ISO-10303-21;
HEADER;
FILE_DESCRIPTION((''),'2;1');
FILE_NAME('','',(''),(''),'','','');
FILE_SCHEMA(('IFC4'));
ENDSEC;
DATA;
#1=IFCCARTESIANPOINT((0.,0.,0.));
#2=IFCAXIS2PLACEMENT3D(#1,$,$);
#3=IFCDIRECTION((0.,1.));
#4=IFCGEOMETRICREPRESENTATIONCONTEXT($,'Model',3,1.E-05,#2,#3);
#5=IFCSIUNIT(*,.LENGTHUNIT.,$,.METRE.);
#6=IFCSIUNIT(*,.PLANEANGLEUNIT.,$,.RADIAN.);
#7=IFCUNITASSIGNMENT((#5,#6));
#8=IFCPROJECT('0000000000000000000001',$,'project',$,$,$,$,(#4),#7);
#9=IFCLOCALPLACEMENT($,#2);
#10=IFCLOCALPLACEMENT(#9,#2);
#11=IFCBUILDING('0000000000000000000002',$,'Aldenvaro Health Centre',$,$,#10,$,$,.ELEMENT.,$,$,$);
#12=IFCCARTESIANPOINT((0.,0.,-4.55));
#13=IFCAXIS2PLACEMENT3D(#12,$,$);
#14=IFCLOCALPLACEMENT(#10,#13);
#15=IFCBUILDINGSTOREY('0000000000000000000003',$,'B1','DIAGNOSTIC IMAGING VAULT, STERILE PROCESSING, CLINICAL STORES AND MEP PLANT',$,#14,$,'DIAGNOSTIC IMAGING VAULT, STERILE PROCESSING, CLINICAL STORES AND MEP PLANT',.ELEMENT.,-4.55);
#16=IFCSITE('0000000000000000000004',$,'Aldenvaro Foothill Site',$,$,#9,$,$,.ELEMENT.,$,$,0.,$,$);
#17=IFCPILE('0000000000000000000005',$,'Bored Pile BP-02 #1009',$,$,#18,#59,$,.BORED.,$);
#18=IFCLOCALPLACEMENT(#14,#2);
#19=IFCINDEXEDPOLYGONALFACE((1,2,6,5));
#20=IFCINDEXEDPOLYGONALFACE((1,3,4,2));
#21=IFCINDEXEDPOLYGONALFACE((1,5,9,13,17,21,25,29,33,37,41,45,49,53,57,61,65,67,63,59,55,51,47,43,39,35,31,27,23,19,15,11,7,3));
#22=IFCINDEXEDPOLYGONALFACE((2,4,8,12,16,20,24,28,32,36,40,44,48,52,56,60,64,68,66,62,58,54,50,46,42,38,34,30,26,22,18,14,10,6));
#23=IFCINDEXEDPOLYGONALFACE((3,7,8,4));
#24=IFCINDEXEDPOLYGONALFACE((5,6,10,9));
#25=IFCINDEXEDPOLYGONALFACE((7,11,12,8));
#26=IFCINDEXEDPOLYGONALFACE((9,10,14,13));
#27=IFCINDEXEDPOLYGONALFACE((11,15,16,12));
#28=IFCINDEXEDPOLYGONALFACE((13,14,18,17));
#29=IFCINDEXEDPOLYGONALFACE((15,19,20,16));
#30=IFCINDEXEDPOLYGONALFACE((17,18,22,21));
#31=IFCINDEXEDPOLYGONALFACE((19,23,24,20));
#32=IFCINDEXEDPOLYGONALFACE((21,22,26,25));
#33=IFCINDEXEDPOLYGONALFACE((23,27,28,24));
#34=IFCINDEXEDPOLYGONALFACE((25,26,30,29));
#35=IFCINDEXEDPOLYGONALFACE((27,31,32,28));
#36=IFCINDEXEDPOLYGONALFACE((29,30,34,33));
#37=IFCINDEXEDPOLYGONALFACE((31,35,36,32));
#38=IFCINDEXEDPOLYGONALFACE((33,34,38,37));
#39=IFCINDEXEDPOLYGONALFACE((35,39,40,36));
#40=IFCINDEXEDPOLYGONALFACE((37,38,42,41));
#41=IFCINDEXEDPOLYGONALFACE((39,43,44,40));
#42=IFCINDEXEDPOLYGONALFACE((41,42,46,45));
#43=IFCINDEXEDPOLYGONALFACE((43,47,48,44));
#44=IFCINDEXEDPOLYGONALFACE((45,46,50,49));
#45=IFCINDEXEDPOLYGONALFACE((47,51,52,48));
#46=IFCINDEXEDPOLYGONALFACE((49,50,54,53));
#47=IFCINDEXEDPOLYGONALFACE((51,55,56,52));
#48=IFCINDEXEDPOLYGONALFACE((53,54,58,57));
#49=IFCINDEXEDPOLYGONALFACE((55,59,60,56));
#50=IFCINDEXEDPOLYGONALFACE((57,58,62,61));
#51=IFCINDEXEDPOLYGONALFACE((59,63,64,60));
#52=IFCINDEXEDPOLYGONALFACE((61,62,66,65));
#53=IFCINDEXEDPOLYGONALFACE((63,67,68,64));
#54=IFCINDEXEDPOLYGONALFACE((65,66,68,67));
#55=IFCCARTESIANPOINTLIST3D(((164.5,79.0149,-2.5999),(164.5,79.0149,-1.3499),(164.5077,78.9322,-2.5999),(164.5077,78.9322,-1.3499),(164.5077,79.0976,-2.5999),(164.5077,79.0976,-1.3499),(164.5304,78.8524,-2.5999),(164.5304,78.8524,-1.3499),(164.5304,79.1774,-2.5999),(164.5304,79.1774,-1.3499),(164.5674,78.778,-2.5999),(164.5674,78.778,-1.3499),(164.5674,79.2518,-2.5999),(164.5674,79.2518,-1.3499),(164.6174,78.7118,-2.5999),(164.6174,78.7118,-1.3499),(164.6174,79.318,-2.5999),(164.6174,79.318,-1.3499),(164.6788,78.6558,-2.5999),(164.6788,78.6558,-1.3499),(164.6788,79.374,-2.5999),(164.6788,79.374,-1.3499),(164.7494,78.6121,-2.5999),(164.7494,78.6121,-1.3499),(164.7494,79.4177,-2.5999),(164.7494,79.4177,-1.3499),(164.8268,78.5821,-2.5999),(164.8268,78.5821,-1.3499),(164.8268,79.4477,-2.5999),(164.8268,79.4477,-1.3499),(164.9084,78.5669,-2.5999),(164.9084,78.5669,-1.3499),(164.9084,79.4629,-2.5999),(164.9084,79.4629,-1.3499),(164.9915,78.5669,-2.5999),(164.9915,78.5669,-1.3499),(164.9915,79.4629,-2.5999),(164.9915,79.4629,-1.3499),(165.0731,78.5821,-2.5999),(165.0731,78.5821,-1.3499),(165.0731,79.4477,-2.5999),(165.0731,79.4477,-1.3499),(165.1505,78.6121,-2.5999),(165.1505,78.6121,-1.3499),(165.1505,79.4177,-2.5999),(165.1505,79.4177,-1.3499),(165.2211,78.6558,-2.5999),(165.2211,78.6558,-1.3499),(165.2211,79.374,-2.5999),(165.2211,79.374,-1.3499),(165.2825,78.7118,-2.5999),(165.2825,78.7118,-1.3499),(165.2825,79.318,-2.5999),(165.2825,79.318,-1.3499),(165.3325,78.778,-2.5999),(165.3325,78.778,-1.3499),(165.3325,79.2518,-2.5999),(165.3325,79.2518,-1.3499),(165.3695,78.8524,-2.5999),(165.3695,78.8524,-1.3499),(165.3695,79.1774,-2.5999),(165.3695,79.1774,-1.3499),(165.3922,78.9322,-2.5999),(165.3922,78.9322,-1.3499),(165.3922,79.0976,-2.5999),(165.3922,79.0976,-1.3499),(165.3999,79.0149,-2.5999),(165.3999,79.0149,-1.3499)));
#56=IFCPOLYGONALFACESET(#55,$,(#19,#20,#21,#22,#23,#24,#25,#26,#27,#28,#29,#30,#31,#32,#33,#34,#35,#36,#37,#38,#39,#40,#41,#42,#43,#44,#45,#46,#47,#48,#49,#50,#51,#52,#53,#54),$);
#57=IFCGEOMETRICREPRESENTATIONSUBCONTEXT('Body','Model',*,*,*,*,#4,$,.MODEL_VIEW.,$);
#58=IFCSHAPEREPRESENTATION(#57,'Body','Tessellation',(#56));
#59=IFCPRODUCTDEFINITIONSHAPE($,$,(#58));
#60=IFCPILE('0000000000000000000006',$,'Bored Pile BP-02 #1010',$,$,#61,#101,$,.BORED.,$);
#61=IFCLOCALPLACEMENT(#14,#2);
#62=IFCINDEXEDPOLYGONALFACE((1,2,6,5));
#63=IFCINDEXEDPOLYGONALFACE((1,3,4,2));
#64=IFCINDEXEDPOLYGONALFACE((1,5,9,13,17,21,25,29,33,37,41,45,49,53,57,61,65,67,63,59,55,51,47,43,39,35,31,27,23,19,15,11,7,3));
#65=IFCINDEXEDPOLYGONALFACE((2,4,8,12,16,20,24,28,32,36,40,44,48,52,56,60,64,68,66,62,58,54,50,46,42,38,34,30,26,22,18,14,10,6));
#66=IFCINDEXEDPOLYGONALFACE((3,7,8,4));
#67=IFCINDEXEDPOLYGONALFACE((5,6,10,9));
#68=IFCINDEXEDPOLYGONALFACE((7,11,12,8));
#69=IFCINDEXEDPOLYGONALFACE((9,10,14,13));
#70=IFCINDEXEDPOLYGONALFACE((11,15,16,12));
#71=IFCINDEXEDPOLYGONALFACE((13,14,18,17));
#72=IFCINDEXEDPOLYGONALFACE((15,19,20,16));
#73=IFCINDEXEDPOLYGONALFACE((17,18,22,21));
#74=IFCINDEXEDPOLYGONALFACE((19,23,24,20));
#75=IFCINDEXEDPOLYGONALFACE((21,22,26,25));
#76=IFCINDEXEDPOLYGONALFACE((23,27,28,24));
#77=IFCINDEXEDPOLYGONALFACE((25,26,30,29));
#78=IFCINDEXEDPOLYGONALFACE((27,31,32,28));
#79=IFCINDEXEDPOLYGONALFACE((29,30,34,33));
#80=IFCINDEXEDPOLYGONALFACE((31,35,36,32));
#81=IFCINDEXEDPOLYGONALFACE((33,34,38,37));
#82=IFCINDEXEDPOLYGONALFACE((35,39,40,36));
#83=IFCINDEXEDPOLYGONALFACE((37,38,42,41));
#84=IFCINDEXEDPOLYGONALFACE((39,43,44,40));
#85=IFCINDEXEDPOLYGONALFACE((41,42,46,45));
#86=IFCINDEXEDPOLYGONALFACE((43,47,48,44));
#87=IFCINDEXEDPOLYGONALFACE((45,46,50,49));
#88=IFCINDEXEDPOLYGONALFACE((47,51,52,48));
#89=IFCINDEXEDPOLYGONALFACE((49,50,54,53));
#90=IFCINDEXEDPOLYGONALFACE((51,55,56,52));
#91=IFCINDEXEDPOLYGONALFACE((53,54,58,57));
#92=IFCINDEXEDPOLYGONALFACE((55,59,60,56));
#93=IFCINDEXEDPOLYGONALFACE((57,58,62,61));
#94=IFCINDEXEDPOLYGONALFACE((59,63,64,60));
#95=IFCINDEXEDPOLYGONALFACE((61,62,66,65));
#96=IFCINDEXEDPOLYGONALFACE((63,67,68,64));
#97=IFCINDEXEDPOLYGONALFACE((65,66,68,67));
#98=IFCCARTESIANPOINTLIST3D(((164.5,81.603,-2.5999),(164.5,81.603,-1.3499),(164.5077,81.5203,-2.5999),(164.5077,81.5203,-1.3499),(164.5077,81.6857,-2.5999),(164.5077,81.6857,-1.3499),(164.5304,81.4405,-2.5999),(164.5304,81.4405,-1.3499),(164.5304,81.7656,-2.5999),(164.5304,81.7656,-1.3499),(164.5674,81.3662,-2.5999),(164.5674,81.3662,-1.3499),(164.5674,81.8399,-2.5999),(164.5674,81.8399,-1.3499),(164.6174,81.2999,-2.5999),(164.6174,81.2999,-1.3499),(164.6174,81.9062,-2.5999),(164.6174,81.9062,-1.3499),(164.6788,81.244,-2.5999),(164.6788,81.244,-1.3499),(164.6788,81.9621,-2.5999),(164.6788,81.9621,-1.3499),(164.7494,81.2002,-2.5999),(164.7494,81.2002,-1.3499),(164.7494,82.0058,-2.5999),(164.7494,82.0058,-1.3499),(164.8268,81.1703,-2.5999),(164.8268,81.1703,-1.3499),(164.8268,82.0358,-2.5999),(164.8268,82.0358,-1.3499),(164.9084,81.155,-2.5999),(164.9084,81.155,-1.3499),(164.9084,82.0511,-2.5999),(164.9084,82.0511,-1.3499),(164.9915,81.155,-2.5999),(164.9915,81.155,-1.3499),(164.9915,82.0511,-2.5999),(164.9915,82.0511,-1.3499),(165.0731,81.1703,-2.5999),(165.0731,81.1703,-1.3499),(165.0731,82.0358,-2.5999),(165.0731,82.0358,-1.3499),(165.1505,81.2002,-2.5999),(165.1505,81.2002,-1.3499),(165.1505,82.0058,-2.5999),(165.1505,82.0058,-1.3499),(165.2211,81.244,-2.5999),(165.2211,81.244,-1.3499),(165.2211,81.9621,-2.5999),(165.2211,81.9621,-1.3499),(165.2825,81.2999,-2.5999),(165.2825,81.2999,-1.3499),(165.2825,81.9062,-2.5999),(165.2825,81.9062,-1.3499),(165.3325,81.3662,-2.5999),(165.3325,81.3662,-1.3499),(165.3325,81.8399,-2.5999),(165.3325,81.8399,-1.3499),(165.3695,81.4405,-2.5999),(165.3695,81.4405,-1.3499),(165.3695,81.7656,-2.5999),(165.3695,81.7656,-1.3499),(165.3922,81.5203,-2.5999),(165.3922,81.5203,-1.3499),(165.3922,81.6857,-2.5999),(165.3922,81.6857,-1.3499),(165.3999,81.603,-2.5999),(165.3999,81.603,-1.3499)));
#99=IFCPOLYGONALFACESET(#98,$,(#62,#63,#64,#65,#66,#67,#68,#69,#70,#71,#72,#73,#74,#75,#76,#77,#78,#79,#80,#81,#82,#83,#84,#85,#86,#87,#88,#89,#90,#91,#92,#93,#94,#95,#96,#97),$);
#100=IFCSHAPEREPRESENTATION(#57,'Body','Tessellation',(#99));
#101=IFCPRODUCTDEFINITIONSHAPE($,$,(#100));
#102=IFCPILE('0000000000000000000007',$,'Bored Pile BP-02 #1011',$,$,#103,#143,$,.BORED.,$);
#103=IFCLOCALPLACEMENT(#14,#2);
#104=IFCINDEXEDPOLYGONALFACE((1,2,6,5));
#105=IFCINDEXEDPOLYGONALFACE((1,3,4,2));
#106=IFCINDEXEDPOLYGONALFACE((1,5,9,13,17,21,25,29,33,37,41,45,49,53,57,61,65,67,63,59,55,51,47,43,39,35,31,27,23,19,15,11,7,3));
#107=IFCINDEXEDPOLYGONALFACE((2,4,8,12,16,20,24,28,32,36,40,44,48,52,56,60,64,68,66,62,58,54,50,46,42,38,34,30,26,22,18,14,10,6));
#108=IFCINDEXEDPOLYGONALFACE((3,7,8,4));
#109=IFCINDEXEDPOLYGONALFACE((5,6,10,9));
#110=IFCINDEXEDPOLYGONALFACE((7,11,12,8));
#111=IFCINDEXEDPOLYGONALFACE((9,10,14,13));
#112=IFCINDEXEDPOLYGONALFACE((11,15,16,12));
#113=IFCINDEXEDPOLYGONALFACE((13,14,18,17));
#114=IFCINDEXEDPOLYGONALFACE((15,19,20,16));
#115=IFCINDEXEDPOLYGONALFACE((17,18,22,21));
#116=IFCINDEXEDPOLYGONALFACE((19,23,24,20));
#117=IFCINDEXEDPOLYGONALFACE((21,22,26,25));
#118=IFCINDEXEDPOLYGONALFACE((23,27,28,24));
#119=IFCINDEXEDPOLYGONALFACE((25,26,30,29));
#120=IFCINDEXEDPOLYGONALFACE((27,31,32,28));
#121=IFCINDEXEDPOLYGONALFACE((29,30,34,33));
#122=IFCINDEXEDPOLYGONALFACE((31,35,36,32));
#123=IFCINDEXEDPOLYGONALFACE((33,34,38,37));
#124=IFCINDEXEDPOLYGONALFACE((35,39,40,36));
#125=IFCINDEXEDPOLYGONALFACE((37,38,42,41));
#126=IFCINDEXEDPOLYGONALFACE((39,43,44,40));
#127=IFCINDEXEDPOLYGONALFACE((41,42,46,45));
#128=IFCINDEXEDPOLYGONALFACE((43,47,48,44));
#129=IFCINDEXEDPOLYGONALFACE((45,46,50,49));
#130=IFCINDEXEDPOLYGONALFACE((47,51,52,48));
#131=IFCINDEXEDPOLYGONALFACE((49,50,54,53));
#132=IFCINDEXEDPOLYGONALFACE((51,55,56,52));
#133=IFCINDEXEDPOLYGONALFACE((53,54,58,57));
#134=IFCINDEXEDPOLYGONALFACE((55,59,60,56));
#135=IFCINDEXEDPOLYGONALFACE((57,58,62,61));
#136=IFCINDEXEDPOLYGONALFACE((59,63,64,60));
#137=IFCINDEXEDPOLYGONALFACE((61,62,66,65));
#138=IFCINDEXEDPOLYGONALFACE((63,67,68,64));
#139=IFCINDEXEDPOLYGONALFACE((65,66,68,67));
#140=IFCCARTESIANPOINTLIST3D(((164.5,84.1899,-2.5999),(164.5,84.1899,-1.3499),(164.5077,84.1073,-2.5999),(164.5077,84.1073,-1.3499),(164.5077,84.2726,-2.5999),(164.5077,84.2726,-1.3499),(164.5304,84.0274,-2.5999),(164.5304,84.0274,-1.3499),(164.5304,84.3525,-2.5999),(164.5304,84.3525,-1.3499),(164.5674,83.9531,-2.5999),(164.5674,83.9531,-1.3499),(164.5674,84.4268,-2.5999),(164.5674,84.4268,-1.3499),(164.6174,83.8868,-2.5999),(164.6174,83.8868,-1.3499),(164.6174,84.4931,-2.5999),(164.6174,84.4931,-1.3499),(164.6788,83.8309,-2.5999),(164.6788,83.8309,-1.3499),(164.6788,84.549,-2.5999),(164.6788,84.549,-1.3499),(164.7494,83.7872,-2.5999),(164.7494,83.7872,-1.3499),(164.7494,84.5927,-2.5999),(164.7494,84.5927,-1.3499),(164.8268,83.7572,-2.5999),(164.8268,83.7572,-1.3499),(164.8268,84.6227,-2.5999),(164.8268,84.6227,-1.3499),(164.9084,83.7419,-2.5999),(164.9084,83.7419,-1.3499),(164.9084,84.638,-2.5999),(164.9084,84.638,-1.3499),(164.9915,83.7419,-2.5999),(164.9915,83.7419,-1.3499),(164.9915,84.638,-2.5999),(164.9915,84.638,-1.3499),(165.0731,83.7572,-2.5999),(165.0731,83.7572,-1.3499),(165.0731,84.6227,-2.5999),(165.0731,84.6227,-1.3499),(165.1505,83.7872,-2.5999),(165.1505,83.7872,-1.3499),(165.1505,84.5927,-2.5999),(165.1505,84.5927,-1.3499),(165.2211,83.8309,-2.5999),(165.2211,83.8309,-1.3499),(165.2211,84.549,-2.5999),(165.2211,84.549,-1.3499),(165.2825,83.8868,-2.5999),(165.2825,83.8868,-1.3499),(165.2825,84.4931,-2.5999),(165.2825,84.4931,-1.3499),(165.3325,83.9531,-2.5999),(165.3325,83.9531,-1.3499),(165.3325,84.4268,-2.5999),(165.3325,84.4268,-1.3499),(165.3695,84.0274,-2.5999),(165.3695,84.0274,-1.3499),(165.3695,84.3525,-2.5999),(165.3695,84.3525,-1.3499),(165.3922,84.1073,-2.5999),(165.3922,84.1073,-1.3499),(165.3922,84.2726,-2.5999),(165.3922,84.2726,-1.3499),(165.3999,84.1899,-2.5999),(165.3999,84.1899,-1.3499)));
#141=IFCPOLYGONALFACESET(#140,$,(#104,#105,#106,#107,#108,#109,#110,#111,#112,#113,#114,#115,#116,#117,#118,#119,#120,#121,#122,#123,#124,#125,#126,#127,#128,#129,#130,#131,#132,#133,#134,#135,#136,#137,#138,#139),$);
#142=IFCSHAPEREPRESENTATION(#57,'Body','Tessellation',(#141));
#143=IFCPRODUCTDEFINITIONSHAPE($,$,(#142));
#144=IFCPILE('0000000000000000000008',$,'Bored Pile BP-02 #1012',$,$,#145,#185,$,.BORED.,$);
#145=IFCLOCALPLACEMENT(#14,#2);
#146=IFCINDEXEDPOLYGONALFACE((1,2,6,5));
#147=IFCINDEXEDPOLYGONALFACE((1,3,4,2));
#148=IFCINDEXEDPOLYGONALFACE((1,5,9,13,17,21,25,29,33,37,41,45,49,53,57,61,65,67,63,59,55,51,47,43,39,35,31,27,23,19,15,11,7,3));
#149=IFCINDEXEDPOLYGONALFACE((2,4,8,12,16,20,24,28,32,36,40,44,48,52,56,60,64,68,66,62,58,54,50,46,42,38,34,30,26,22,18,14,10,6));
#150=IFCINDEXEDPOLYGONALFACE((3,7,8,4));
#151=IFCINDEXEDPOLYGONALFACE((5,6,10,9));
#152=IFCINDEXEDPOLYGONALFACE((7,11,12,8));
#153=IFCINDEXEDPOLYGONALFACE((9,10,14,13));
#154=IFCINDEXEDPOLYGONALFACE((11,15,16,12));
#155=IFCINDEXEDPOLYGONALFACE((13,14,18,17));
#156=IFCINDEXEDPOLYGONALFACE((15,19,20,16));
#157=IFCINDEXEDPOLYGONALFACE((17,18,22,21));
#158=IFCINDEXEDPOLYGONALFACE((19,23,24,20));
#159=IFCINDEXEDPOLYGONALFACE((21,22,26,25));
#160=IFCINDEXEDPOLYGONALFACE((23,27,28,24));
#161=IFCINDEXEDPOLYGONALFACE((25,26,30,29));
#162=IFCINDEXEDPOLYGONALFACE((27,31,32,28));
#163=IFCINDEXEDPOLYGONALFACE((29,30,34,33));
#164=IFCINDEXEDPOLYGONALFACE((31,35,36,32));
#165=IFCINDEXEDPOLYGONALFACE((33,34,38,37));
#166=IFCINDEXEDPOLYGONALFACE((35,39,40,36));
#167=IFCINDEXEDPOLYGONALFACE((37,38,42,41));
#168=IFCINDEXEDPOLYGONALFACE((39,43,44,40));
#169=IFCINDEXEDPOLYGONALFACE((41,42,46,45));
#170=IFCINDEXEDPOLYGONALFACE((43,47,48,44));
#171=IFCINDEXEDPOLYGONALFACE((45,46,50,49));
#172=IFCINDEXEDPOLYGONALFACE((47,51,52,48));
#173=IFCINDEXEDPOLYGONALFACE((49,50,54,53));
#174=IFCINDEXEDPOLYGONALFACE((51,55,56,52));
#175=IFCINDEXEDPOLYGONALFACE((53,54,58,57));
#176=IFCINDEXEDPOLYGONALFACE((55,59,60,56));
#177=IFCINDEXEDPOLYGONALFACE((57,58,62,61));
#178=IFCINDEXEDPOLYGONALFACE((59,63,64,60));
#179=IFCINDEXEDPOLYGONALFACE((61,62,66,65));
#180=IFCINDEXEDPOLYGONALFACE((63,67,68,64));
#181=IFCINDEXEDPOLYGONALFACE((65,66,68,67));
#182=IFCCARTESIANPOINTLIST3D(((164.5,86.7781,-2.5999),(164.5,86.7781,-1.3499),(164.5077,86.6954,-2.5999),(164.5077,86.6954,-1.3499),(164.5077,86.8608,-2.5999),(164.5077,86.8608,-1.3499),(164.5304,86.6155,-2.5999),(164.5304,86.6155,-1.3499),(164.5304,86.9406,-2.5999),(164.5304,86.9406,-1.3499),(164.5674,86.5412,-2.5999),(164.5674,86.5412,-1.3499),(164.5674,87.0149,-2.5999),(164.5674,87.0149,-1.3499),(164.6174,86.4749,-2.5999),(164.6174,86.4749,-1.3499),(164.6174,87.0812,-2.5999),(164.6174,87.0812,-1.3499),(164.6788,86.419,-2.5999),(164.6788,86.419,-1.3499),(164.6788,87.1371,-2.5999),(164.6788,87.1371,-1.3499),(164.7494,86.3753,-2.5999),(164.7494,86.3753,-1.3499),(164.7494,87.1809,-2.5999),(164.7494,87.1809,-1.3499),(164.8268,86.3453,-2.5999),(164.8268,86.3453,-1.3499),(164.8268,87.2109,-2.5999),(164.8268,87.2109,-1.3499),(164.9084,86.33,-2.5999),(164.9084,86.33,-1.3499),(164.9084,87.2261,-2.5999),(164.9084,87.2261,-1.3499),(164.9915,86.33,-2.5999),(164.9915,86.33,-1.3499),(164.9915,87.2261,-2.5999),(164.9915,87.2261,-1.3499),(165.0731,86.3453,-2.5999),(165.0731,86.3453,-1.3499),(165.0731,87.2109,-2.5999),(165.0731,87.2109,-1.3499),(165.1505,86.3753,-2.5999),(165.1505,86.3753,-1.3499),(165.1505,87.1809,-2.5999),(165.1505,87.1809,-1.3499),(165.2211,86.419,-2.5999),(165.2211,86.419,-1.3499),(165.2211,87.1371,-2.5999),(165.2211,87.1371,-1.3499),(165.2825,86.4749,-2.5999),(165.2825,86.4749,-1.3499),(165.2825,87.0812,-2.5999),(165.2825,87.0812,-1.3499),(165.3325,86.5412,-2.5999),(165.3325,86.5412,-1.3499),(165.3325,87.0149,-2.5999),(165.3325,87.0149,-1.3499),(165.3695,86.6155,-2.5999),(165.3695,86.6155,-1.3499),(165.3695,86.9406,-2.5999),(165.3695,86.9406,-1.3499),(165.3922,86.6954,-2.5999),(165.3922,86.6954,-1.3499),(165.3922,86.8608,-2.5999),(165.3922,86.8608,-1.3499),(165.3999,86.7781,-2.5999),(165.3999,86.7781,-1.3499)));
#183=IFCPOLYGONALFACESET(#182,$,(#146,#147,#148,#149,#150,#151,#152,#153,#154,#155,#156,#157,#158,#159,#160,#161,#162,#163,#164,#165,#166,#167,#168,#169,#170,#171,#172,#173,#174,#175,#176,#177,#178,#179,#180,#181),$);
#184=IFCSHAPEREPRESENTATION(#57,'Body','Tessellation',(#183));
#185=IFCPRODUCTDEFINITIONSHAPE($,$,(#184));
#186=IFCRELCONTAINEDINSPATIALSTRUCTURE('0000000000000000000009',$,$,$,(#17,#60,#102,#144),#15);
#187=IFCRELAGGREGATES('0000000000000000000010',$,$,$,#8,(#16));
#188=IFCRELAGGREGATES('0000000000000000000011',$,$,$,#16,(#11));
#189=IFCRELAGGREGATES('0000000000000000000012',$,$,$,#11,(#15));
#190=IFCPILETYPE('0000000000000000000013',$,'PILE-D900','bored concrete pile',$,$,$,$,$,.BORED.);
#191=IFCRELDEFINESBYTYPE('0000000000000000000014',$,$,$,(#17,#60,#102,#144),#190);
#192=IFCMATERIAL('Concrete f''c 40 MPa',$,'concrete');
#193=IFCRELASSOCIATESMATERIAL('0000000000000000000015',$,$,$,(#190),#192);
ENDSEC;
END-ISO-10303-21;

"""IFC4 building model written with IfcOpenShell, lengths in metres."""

from ifc_helpers import new_model, si_unit, direction, frame, origin, origin_2d, place, context, subcontext, project, spatial, circle, extrude, material, material_profile, profile_set, type_object, element, save


model = new_model("IFC4")

# Units and contexts
model_context = context("Model", 3, precision=1e-05, world=origin(), true_north=direction((0.0, 1.0)))
body_context = subcontext(model_context, "Body", "Model", "MODEL_VIEW")
ifc_project = project(units=[si_unit("LENGTHUNIT", "METRE"), si_unit("PLANEANGLEUNIT", "RADIAN")], contexts=[model_context])

# Site, building, storey
site_placement = place(None, origin())
site = spatial("IfcSite", under=ifc_project, at=site_placement, Name="Aldenvaro Foothill Site", CompositionType="ELEMENT", RefElevation=0.0)
building_placement = place(site_placement, origin())
building = spatial("IfcBuilding", under=site, at=building_placement, Name="Aldenvaro Health Centre", CompositionType="ELEMENT")
storey_placement = place(building_placement, frame((0.0, 0.0, -4.55)))
storey = spatial("IfcBuildingStorey", under=building, at=storey_placement, Name="B1", Description="DIAGNOSTIC IMAGING VAULT, STERILE PROCESSING, CLINICAL STORES AND MEP PLANT", LongName="DIAGNOSTIC IMAGING VAULT, STERILE PROCESSING, CLINICAL STORES AND MEP PLANT", CompositionType="ELEMENT", Elevation=-4.55)

# Piles
ifc_material_1 = material(Name="Concrete f'c 40 MPa", Category="concrete")
ifc_material_profile_1 = material_profile(ifc_material_1, circle(Radius=0.45, at=origin_2d()), Name="PILE D900", Category="concrete")
ifc_profile_set_1 = profile_set([ifc_material_profile_1], Name="Concrete f'c 40 MPa")
pile_type = type_object("IfcPileType", Name="PILE-D900", Description="bored concrete pile", PredefinedType="BORED", material=ifc_profile_set_1)
for number, where, z_axis, x_axis, name in (
    (1, (164.95, 79.0149, -1.3499), (0.0, 0.0, -1.0), (1.0, 0.0, 0.0), "Bored Pile BP-02 #1009"),
    (2, (164.95, 81.603, -1.3499), (0.0, 0.0, -1.0), (1.0, 0.0, 0.0), "Bored Pile BP-02 #1010"),
    (3, (164.95, 84.1899, -1.3499), (0.0, 0.0, -1.0), (1.0, 0.0, 0.0), "Bored Pile BP-02 #1011"),
    (4, (164.95, 86.7781, -1.3499), (0.0, 0.0, -1.0), (1.0, 0.0, 0.0), "Bored Pile BP-02 #1012"),
):
    element("IfcPile", number, at=place(storey_placement, frame(where, z_axis=z_axis, x_axis=x_axis)), inside=storey, type_object=pile_type, Name=name, PredefinedType="BORED", context=body_context, shape_type="SweptSolid", body=[
        extrude(circle(Radius=0.45, at=origin_2d()), origin(), (0.0, 0.0, 1.0), 1.25),
    ])

save(model, "model.ifc")
